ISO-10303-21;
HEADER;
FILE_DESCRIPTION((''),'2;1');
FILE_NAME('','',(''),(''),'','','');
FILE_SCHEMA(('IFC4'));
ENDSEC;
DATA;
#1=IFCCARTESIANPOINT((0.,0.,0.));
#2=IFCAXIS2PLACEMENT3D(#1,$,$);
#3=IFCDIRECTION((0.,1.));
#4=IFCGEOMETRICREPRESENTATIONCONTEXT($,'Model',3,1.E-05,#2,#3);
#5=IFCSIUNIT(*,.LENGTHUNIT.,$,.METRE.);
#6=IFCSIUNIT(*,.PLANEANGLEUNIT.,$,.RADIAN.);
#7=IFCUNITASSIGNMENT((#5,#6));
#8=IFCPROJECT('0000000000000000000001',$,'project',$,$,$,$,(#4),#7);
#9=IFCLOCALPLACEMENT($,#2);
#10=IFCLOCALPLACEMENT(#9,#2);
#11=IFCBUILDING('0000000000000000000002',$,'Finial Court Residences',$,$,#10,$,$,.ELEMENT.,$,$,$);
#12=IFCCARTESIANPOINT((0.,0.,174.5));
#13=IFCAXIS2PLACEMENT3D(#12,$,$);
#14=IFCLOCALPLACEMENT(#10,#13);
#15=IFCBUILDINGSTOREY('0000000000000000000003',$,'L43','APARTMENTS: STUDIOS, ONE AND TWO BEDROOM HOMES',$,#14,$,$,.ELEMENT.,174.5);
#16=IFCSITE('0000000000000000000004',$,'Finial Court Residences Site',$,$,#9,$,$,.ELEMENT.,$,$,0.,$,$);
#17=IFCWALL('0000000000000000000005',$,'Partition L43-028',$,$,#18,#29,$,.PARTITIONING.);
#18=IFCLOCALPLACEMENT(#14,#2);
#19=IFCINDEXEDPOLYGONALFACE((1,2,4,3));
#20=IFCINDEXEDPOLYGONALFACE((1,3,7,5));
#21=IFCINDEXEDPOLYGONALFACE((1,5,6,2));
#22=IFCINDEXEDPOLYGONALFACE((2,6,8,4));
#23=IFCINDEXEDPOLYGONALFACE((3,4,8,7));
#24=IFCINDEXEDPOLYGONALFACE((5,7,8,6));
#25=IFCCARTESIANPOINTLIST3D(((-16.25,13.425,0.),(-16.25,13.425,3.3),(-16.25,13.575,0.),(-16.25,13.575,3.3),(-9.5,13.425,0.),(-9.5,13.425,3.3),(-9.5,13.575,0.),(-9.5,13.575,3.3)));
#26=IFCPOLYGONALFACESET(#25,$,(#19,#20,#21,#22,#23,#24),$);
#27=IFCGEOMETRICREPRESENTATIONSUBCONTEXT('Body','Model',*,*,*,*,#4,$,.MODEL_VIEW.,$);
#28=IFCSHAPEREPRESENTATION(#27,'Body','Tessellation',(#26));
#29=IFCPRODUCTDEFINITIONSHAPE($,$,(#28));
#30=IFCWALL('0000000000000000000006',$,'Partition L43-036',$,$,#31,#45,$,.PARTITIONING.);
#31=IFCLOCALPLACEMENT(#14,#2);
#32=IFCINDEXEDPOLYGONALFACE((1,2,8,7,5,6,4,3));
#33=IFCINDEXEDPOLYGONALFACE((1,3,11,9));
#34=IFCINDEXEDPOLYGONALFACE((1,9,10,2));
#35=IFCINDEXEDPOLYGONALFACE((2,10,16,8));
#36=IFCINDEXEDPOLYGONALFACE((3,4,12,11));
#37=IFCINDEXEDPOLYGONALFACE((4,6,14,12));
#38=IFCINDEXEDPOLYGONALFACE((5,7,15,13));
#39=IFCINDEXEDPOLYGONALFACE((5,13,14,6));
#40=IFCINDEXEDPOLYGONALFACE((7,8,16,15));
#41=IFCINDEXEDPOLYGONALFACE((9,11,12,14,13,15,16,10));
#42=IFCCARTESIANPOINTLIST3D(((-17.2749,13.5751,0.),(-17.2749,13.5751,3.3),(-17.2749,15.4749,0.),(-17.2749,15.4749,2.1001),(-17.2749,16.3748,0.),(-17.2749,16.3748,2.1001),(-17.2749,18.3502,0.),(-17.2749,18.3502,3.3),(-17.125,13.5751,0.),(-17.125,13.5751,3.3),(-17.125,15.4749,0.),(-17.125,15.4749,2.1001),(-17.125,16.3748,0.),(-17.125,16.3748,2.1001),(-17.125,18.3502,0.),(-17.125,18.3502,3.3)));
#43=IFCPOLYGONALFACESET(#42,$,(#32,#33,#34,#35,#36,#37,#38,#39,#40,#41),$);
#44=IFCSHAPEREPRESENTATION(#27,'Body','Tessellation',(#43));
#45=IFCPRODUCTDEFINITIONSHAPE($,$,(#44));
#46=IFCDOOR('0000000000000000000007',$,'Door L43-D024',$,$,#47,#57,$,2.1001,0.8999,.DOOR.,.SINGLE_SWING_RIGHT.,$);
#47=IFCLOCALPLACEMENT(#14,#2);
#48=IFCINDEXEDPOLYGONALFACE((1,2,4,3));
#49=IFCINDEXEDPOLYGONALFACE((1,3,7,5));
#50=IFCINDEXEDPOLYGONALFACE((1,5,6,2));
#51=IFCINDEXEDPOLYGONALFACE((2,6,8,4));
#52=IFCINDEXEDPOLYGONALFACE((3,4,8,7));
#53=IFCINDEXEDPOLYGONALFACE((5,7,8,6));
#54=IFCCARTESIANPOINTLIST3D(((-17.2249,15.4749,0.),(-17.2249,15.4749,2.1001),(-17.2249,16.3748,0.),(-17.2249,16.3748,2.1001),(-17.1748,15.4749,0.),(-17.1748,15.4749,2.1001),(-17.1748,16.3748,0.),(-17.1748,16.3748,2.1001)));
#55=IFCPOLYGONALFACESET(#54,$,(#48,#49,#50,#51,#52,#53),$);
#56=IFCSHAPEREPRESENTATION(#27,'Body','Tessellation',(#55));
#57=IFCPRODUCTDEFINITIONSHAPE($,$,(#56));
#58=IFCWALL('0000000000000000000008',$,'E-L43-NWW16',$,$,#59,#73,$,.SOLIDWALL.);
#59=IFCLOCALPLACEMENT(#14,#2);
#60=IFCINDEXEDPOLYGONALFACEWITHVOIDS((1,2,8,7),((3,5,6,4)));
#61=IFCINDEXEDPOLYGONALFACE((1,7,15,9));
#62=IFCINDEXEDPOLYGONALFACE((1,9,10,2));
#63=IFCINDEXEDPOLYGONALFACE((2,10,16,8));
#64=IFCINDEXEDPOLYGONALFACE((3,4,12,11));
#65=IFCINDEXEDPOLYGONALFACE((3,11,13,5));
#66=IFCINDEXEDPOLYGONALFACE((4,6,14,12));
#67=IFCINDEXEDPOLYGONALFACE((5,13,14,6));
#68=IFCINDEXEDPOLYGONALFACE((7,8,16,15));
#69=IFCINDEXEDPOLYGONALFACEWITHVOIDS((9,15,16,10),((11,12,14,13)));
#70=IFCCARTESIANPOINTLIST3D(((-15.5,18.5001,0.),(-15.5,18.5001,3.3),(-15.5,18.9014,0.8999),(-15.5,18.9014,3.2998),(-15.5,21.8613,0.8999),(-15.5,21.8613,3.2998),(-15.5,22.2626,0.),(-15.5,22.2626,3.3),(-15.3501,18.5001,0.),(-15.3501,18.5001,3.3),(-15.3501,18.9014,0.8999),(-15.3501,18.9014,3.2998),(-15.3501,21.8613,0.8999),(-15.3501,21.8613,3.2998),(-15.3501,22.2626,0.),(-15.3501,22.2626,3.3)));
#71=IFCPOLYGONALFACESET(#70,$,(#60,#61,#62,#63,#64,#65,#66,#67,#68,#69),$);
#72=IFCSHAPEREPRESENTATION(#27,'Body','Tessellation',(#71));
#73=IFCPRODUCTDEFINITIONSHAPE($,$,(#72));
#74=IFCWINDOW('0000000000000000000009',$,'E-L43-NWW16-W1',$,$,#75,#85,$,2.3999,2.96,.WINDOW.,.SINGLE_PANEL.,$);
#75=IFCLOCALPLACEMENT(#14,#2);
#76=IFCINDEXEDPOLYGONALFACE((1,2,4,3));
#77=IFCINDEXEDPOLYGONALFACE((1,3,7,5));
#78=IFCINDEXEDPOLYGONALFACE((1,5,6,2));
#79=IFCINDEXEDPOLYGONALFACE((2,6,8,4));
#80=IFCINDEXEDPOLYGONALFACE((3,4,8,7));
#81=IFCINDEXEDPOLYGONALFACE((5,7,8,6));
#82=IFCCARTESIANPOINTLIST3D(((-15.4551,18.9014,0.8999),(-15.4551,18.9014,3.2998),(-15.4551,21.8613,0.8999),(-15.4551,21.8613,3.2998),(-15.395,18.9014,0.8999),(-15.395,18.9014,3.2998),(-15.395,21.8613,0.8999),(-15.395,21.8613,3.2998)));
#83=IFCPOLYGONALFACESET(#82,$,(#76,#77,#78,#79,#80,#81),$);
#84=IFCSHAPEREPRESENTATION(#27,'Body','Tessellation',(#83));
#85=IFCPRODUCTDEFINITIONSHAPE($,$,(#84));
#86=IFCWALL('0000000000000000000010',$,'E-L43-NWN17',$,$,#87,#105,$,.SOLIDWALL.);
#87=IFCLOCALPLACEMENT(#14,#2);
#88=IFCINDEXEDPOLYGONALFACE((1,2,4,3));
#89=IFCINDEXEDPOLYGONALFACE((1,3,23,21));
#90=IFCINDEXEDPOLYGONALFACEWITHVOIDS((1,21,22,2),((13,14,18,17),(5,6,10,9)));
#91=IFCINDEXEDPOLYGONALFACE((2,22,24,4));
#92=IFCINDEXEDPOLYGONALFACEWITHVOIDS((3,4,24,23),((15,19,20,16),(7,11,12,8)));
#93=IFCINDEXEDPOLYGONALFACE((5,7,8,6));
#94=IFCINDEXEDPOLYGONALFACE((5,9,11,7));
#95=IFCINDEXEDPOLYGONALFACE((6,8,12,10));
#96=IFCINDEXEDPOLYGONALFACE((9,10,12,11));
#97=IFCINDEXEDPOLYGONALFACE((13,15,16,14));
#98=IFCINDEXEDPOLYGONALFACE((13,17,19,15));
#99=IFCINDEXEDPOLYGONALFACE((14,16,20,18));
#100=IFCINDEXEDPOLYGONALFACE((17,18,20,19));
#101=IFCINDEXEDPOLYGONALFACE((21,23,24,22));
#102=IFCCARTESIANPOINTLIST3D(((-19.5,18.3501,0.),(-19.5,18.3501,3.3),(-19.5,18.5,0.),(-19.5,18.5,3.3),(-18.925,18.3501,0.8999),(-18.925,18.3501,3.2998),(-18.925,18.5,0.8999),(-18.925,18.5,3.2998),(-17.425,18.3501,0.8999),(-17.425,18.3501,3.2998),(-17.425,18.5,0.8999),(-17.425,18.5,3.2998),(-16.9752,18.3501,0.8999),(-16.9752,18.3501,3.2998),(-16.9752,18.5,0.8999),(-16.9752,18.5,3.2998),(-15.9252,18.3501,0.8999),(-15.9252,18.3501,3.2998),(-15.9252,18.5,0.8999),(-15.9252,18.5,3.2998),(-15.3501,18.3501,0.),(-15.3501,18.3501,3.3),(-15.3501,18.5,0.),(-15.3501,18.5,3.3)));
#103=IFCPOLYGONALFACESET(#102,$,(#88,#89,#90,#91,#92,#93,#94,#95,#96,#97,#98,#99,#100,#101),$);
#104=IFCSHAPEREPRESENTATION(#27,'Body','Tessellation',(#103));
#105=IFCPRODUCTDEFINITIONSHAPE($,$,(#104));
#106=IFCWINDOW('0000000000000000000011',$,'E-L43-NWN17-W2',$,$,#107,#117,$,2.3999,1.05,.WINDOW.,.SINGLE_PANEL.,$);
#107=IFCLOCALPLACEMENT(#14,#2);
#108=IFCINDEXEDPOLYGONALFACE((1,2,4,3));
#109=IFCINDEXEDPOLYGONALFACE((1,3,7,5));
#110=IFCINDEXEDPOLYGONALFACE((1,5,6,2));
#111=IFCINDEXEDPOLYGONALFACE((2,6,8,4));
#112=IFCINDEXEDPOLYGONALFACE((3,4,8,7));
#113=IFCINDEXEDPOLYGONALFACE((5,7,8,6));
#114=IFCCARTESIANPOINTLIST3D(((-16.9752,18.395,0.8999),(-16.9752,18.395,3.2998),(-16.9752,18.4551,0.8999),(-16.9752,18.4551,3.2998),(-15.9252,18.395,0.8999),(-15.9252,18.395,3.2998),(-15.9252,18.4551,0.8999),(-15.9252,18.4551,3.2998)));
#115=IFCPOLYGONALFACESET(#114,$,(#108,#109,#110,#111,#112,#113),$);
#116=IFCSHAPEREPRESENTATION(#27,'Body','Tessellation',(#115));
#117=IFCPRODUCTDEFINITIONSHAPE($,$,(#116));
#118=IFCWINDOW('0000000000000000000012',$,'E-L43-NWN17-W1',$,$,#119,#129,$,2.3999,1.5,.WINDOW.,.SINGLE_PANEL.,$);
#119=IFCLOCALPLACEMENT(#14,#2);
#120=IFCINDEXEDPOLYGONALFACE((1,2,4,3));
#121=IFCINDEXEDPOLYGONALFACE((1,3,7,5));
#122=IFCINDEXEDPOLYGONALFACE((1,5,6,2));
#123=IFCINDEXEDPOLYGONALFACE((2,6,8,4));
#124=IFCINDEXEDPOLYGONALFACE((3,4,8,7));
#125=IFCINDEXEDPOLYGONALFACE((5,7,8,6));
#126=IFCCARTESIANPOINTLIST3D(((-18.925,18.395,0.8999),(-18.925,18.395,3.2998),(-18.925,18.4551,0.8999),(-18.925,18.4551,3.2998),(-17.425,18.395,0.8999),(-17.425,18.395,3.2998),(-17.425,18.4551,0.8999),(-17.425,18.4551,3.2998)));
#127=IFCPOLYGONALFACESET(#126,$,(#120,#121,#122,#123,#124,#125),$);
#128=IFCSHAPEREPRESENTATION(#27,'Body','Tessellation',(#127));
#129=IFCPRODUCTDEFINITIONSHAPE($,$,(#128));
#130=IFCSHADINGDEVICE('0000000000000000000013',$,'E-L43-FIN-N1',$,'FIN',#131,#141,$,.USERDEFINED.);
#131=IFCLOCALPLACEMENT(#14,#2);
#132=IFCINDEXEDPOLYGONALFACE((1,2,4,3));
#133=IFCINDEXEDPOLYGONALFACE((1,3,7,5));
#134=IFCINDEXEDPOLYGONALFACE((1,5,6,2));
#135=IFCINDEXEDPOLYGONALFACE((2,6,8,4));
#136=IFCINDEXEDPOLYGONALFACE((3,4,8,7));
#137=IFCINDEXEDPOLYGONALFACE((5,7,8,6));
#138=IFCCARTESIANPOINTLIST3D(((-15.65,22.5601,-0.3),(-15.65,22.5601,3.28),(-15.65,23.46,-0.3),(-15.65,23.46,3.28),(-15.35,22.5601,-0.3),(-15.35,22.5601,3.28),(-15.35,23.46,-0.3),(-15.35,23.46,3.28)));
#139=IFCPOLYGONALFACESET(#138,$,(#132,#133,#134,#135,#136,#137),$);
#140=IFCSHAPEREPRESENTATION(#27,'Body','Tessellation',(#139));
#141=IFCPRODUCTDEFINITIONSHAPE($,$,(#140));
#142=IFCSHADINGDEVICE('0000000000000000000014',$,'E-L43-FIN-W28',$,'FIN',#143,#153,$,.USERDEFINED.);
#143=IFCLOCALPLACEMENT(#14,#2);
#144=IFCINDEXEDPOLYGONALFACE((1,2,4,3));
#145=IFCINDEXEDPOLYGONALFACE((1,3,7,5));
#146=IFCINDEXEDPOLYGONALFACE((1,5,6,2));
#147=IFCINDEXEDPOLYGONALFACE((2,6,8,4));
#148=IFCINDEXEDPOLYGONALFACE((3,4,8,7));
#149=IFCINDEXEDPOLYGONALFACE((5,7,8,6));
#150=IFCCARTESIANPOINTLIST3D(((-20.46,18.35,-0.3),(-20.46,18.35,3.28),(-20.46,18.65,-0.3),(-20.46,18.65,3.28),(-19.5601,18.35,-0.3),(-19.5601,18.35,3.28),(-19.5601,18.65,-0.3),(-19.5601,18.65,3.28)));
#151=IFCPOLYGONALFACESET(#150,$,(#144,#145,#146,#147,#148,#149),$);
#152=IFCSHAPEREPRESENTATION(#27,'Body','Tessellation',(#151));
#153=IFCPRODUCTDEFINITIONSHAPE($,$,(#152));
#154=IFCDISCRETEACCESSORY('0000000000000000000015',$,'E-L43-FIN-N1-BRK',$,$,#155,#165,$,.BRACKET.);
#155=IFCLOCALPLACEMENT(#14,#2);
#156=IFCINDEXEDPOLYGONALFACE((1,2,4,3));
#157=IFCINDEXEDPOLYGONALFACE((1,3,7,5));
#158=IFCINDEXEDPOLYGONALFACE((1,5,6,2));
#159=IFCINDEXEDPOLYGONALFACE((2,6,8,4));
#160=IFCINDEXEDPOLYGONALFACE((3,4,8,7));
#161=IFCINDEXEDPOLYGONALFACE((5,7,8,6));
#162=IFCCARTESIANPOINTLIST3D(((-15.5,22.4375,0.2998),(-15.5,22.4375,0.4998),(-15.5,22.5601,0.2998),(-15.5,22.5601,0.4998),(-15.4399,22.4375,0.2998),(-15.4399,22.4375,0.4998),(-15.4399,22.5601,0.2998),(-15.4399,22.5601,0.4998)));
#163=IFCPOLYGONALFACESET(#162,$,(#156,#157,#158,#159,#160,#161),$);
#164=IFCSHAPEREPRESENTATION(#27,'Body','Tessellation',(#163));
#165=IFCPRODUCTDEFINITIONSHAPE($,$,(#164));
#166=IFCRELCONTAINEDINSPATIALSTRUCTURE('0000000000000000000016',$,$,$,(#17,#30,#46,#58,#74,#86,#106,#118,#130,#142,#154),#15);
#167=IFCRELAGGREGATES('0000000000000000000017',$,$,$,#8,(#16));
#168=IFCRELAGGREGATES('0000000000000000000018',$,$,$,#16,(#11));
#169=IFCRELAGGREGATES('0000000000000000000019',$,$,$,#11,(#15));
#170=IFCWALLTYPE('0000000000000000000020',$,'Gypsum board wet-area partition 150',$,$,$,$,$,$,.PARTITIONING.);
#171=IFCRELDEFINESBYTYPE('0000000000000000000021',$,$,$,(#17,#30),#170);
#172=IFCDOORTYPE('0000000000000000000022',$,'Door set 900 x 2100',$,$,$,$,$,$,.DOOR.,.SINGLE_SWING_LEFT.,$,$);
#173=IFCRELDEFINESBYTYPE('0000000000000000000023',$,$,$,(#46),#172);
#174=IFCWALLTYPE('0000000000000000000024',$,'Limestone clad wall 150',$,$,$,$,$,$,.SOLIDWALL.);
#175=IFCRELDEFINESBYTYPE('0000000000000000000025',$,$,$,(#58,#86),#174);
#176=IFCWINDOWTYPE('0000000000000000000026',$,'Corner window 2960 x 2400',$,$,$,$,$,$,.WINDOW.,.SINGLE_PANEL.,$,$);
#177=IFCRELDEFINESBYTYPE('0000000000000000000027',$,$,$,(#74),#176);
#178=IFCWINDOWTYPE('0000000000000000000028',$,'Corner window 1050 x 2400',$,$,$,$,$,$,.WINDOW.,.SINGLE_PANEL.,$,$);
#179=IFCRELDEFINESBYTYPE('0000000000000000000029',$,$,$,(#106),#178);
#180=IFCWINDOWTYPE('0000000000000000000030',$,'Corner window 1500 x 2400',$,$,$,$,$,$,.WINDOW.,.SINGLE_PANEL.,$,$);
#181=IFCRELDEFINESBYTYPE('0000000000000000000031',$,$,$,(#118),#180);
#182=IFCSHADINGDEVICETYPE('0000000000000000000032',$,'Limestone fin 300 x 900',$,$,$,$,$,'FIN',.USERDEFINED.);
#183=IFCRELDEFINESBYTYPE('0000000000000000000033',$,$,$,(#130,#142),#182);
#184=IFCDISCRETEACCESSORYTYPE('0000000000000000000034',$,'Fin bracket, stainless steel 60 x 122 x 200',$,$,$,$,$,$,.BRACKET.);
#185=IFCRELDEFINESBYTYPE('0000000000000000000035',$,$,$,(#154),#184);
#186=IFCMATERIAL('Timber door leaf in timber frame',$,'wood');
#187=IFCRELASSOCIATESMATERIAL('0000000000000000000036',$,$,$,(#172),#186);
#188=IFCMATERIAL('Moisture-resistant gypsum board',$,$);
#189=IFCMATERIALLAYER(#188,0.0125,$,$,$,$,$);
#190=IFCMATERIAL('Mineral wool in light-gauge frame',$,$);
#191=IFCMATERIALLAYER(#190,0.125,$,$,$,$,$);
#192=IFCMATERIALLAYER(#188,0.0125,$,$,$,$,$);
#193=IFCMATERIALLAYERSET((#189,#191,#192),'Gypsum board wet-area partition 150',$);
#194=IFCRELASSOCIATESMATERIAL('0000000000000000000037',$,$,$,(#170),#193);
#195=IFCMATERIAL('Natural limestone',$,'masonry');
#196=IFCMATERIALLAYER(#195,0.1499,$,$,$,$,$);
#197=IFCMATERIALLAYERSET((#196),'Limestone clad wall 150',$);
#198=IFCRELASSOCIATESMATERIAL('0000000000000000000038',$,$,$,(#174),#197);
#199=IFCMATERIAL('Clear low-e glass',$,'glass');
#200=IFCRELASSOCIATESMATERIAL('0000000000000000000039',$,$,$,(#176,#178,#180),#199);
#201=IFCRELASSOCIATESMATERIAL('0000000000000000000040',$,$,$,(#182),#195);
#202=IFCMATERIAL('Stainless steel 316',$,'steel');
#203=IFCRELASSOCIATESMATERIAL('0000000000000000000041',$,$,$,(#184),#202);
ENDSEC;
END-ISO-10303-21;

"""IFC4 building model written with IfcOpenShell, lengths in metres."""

from ifc_helpers import new_model, si_unit, direction, frame, frame_2d, origin, origin_2d, place, context, subcontext, project, spatial, rectangle, extrude, material, layer, layer_set, type_object, element, fill, save


model = new_model("IFC4")

# Units and contexts
model_context = context("Model", 3, precision=1e-05, world=origin(), true_north=direction((0.0, 1.0)))
body_context = subcontext(model_context, "Body", "Model", "MODEL_VIEW")
ifc_project = project(units=[si_unit("LENGTHUNIT", "METRE"), si_unit("PLANEANGLEUNIT", "RADIAN")], contexts=[model_context])

# Site, building, storey
site_placement = place(None, origin())
site = spatial("IfcSite", under=ifc_project, at=site_placement, Name="Finial Court Residences Site", CompositionType="ELEMENT", RefElevation=0.0)
building_placement = place(site_placement, origin())
building = spatial("IfcBuilding", under=site, at=building_placement, Name="Finial Court Residences", CompositionType="ELEMENT")
storey_placement = place(building_placement, frame((0.0, 0.0, 174.5)))
storey = spatial("IfcBuildingStorey", under=building, at=storey_placement, Name="L43", Description="APARTMENTS: STUDIOS, ONE AND TWO BEDROOM HOMES", CompositionType="ELEMENT", Elevation=174.5)

# Shared definitions
ifc_material_1 = material(Name="Clear low-e glass", Category="glass")

# Shared definitions
ifc_material_2 = material(Name="Mineral wool in light-gauge frame")
ifc_material_3 = material(Name="Timber door leaf in timber frame", Category="wood")
door_type = type_object("IfcDoorType", Name="Door set 900 x 2100", OperationType="SINGLE_SWING_LEFT", PredefinedType="DOOR", material=ifc_material_3)

# Wall
ifc_material_4 = material(Name="Moisture-resistant gypsum board")
ifc_layer_1 = layer(ifc_material_4, 0.0125)
ifc_layer_2 = layer(ifc_material_2, 0.125)
ifc_layer_3 = layer(ifc_material_4, 0.0125)
ifc_layer_set_1 = layer_set([ifc_layer_1, ifc_layer_2, ifc_layer_3], Name="Gypsum board wet-area partition 150")
wall_type_1 = type_object("IfcWallType", Name="Gypsum board wet-area partition 150", PredefinedType="PARTITIONING", material=ifc_layer_set_1)
wall_1_placement = place(storey_placement, frame((-16.25, 13.5, 0.0), z_axis=(0.0, 0.0, 1.0), x_axis=(1.0, 0.0, 0.0)))
element("IfcWall", 1, at=wall_1_placement, inside=storey, type_object=wall_type_1, Name="Partition L43-028", PredefinedType="PARTITIONING", context=body_context, shape_type="SweptSolid", body=[
    extrude(rectangle(XDim=6.75, YDim=0.1499, at=frame_2d((3.375, 0.0))), origin(), (0.0, 0.0, 1.0), 3.3),
])

# Wall, opening, door
wall_2_placement = place(storey_placement, frame((-17.2, 13.575, 0.0), z_axis=(0.0, 0.0, 1.0), x_axis=(0.0, 1.0, 0.0)))
wall_2 = element("IfcWall", 2, at=wall_2_placement, inside=storey, type_object=wall_type_1, Name="Partition L43-036", PredefinedType="PARTITIONING", context=body_context, shape_type="SweptSolid", body=[
    extrude(rectangle(XDim=4.7751, YDim=0.1499, at=frame_2d((2.3877, 0.0))), origin(), (0.0, 0.0, 1.0), 3.3),
])
opening_1_placement = place(wall_2_placement, frame((1.8999, 0.0, 0.0)))
opening_1 = element("IfcOpeningElement", 3, at=opening_1_placement, cuts=wall_2, PredefinedType="OPENING", context=body_context, shape_type="SweptSolid", body=[
    extrude(rectangle(XDim=0.8999, YDim=2.1001, at=frame_2d((0.45, 1.05))), frame((0.0, 0.085, 0.0), z_axis=(0.0, -1.0, 0.0), x_axis=(1.0, 0.0, 0.0)), (0.0, 0.0, 1.0), 0.1699),
])
door_1_placement = place(opening_1_placement, origin())
door_1 = element("IfcDoor", 4, at=door_1_placement, inside=storey, type_object=door_type, Name="Door L43-D024", OperationType="SINGLE_SWING_RIGHT", OverallHeight=2.1001, OverallWidth=0.8999, PredefinedType="DOOR", context=body_context, shape_type="SweptSolid", body=[
    extrude(rectangle(XDim=0.8999, YDim=2.1001, at=frame_2d((0.45, 1.05))), frame((0.0, 0.0249, 0.0), z_axis=(0.0, -1.0, 0.0), x_axis=(1.0, 0.0, 0.0)), (0.0, 0.0, 1.0), 0.05),
])
fill(opening_1, door_1)

# Wall, opening, window
ifc_material_5 = material(Name="Natural limestone", Category="masonry")
ifc_layer_4 = layer(ifc_material_5, 0.1499)
ifc_layer_set_2 = layer_set([ifc_layer_4], Name="Limestone clad wall 150")
wall_type_2 = type_object("IfcWallType", Name="Limestone clad wall 150", PredefinedType="SOLIDWALL", material=ifc_layer_set_2)
wall_3_placement = place(storey_placement, frame((-15.425, 18.5, 0.0), z_axis=(0.0, 0.0, 1.0), x_axis=(0.0, 1.0, 0.0)))
wall_3 = element("IfcWall", 5, at=wall_3_placement, inside=storey, type_object=wall_type_2, Name="E-L43-NWW16", PredefinedType="SOLIDWALL", context=body_context, shape_type="SweptSolid", body=[
    extrude(rectangle(XDim=3.7625, YDim=0.1499, at=frame_2d((1.8813, 0.0))), origin(), (0.0, 0.0, 1.0), 3.3),
])
opening_2_placement = place(wall_3_placement, frame((0.4014, 0.0, 0.8999)))
opening_2 = element("IfcOpeningElement", 6, at=opening_2_placement, cuts=wall_3, PredefinedType="OPENING", context=body_context, shape_type="SweptSolid", body=[
    extrude(rectangle(XDim=2.96, YDim=2.3999, at=frame_2d((1.48, 1.2))), frame((0.0, 0.085, 0.0), z_axis=(0.0, -1.0, 0.0), x_axis=(1.0, 0.0, 0.0)), (0.0, 0.0, 1.0), 0.1699),
])
window_type_1 = type_object("IfcWindowType", Name="Corner window 2960 x 2400", PartitioningType="SINGLE_PANEL", PredefinedType="WINDOW", material=ifc_material_1)
window_1_placement = place(opening_2_placement, origin())
window_1 = element("IfcWindow", 7, at=window_1_placement, inside=storey, type_object=window_type_1, Name="E-L43-NWW16-W1", OverallHeight=2.3999, OverallWidth=2.96, PartitioningType="SINGLE_PANEL", PredefinedType="WINDOW", context=body_context, shape_type="SweptSolid", body=[
    extrude(rectangle(XDim=2.96, YDim=2.3999, at=frame_2d((1.48, 1.2))), frame((0.0, 0.03, 0.0), z_axis=(0.0, -1.0, 0.0), x_axis=(1.0, 0.0, 0.0)), (0.0, 0.0, 1.0), 0.0601),
])
fill(opening_2, window_1)

# Wall, openings, windows
wall_4_placement = place(storey_placement, frame((-19.5, 18.425, 0.0), z_axis=(0.0, 0.0, 1.0), x_axis=(1.0, 0.0, 0.0)))
wall_4 = element("IfcWall", 8, at=wall_4_placement, inside=storey, type_object=wall_type_2, Name="E-L43-NWN17", PredefinedType="SOLIDWALL", context=body_context, shape_type="SweptSolid", body=[
    extrude(rectangle(XDim=4.1499, YDim=0.1499, at=frame_2d((2.075, 0.0))), origin(), (0.0, 0.0, 1.0), 3.3),
])
opening_3_placement = place(wall_4_placement, frame((0.575, 0.0, 0.8999)))
opening_3 = element("IfcOpeningElement", 9, at=opening_3_placement, cuts=wall_4, PredefinedType="OPENING", context=body_context, shape_type="SweptSolid", body=[
    extrude(rectangle(XDim=1.5, YDim=2.3999, at=frame_2d((0.75, 1.2))), frame((0.0, 0.085, 0.0), z_axis=(0.0, -1.0, 0.0), x_axis=(1.0, 0.0, 0.0)), (0.0, 0.0, 1.0), 0.1699),
])
opening_4_placement = place(wall_4_placement, frame((2.5249, 0.0, 0.8999)))
opening_4 = element("IfcOpeningElement", 10, at=opening_4_placement, cuts=wall_4, PredefinedType="OPENING", context=body_context, shape_type="SweptSolid", body=[
    extrude(rectangle(XDim=1.05, YDim=2.3999, at=frame_2d((0.5249, 1.2))), frame((0.0, 0.085, 0.0), z_axis=(0.0, -1.0, 0.0), x_axis=(1.0, 0.0, 0.0)), (0.0, 0.0, 1.0), 0.1699),
])
window_type_2 = type_object("IfcWindowType", Name="Corner window 1050 x 2400", PartitioningType="SINGLE_PANEL", PredefinedType="WINDOW", material=ifc_material_1)
window_2_placement = place(opening_4_placement, origin())
window_2 = element("IfcWindow", 11, at=window_2_placement, inside=storey, type_object=window_type_2, Name="E-L43-NWN17-W2", OverallHeight=2.3999, OverallWidth=1.05, PartitioningType="SINGLE_PANEL", PredefinedType="WINDOW", context=body_context, shape_type="SweptSolid", body=[
    extrude(rectangle(XDim=1.05, YDim=2.3999, at=frame_2d((0.5249, 1.2))), frame((0.0, 0.03, 0.0), z_axis=(0.0, -1.0, 0.0), x_axis=(1.0, 0.0, 0.0)), (0.0, 0.0, 1.0), 0.0601),
])
fill(opening_4, window_2)
window_type_3 = type_object("IfcWindowType", Name="Corner window 1500 x 2400", PartitioningType="SINGLE_PANEL", PredefinedType="WINDOW", material=ifc_material_1)
window_3_placement = place(opening_3_placement, origin())
window_3 = element("IfcWindow", 12, at=window_3_placement, inside=storey, type_object=window_type_3, Name="E-L43-NWN17-W1", OverallHeight=2.3999, OverallWidth=1.5, PartitioningType="SINGLE_PANEL", PredefinedType="WINDOW", context=body_context, shape_type="SweptSolid", body=[
    extrude(rectangle(XDim=1.5, YDim=2.3999, at=frame_2d((0.75, 1.2))), frame((0.0, 0.03, 0.0), z_axis=(0.0, -1.0, 0.0), x_axis=(1.0, 0.0, 0.0)), (0.0, 0.0, 1.0), 0.0601),
])
fill(opening_3, window_3)

# Shading devices
shading_device_type = type_object("IfcShadingDeviceType", Name="Limestone fin 300 x 900", ElementType="FIN", PredefinedType="USERDEFINED", material=ifc_material_5)
shading_device_1_placement = place(storey_placement, frame((-15.5, 23.01, -0.3), z_axis=(0.0, 0.0, 1.0), x_axis=(1.0, 0.0, 0.0)))
element("IfcShadingDevice", 13, at=shading_device_1_placement, inside=storey, type_object=shading_device_type, Name="E-L43-FIN-N1", ObjectType="FIN", PredefinedType="USERDEFINED", context=body_context, shape_type="SweptSolid", body=[
    extrude(rectangle(XDim=0.3, YDim=0.8999, at=origin_2d()), origin(), (0.0, 0.0, 1.0), 3.5801),
])
shading_device_2_placement = place(storey_placement, frame((-20.01, 18.5, -0.3), z_axis=(0.0, 0.0, 1.0), x_axis=(1.0, 0.0, 0.0)))
element("IfcShadingDevice", 14, at=shading_device_2_placement, inside=storey, type_object=shading_device_type, Name="E-L43-FIN-W28", ObjectType="FIN", PredefinedType="USERDEFINED", context=body_context, shape_type="SweptSolid", body=[
    extrude(rectangle(XDim=0.8999, YDim=0.3, at=origin_2d()), origin(), (0.0, 0.0, 1.0), 3.5801),
])

# Discrete accessory
ifc_material_6 = material(Name="Stainless steel 316", Category="steel")
discrete_accessory_type = type_object("IfcDiscreteAccessoryType", Name="Fin bracket, stainless steel 60 x 122 x 200", PredefinedType="BRACKET", material=ifc_material_6)
discrete_accessory_1_placement = place(storey_placement, frame((-15.47, 22.4988, 0.2998), z_axis=(0.0, 0.0, 1.0), x_axis=(1.0, 0.0, 0.0)))
element("IfcDiscreteAccessory", 15, at=discrete_accessory_1_placement, inside=storey, type_object=discrete_accessory_type, Name="E-L43-FIN-N1-BRK", PredefinedType="BRACKET", context=body_context, shape_type="SweptSolid", body=[
    extrude(rectangle(XDim=0.0601, YDim=0.1226, at=origin_2d()), origin(), (0.0, 0.0, 1.0), 0.2),
])

save(model, "model.ifc")
